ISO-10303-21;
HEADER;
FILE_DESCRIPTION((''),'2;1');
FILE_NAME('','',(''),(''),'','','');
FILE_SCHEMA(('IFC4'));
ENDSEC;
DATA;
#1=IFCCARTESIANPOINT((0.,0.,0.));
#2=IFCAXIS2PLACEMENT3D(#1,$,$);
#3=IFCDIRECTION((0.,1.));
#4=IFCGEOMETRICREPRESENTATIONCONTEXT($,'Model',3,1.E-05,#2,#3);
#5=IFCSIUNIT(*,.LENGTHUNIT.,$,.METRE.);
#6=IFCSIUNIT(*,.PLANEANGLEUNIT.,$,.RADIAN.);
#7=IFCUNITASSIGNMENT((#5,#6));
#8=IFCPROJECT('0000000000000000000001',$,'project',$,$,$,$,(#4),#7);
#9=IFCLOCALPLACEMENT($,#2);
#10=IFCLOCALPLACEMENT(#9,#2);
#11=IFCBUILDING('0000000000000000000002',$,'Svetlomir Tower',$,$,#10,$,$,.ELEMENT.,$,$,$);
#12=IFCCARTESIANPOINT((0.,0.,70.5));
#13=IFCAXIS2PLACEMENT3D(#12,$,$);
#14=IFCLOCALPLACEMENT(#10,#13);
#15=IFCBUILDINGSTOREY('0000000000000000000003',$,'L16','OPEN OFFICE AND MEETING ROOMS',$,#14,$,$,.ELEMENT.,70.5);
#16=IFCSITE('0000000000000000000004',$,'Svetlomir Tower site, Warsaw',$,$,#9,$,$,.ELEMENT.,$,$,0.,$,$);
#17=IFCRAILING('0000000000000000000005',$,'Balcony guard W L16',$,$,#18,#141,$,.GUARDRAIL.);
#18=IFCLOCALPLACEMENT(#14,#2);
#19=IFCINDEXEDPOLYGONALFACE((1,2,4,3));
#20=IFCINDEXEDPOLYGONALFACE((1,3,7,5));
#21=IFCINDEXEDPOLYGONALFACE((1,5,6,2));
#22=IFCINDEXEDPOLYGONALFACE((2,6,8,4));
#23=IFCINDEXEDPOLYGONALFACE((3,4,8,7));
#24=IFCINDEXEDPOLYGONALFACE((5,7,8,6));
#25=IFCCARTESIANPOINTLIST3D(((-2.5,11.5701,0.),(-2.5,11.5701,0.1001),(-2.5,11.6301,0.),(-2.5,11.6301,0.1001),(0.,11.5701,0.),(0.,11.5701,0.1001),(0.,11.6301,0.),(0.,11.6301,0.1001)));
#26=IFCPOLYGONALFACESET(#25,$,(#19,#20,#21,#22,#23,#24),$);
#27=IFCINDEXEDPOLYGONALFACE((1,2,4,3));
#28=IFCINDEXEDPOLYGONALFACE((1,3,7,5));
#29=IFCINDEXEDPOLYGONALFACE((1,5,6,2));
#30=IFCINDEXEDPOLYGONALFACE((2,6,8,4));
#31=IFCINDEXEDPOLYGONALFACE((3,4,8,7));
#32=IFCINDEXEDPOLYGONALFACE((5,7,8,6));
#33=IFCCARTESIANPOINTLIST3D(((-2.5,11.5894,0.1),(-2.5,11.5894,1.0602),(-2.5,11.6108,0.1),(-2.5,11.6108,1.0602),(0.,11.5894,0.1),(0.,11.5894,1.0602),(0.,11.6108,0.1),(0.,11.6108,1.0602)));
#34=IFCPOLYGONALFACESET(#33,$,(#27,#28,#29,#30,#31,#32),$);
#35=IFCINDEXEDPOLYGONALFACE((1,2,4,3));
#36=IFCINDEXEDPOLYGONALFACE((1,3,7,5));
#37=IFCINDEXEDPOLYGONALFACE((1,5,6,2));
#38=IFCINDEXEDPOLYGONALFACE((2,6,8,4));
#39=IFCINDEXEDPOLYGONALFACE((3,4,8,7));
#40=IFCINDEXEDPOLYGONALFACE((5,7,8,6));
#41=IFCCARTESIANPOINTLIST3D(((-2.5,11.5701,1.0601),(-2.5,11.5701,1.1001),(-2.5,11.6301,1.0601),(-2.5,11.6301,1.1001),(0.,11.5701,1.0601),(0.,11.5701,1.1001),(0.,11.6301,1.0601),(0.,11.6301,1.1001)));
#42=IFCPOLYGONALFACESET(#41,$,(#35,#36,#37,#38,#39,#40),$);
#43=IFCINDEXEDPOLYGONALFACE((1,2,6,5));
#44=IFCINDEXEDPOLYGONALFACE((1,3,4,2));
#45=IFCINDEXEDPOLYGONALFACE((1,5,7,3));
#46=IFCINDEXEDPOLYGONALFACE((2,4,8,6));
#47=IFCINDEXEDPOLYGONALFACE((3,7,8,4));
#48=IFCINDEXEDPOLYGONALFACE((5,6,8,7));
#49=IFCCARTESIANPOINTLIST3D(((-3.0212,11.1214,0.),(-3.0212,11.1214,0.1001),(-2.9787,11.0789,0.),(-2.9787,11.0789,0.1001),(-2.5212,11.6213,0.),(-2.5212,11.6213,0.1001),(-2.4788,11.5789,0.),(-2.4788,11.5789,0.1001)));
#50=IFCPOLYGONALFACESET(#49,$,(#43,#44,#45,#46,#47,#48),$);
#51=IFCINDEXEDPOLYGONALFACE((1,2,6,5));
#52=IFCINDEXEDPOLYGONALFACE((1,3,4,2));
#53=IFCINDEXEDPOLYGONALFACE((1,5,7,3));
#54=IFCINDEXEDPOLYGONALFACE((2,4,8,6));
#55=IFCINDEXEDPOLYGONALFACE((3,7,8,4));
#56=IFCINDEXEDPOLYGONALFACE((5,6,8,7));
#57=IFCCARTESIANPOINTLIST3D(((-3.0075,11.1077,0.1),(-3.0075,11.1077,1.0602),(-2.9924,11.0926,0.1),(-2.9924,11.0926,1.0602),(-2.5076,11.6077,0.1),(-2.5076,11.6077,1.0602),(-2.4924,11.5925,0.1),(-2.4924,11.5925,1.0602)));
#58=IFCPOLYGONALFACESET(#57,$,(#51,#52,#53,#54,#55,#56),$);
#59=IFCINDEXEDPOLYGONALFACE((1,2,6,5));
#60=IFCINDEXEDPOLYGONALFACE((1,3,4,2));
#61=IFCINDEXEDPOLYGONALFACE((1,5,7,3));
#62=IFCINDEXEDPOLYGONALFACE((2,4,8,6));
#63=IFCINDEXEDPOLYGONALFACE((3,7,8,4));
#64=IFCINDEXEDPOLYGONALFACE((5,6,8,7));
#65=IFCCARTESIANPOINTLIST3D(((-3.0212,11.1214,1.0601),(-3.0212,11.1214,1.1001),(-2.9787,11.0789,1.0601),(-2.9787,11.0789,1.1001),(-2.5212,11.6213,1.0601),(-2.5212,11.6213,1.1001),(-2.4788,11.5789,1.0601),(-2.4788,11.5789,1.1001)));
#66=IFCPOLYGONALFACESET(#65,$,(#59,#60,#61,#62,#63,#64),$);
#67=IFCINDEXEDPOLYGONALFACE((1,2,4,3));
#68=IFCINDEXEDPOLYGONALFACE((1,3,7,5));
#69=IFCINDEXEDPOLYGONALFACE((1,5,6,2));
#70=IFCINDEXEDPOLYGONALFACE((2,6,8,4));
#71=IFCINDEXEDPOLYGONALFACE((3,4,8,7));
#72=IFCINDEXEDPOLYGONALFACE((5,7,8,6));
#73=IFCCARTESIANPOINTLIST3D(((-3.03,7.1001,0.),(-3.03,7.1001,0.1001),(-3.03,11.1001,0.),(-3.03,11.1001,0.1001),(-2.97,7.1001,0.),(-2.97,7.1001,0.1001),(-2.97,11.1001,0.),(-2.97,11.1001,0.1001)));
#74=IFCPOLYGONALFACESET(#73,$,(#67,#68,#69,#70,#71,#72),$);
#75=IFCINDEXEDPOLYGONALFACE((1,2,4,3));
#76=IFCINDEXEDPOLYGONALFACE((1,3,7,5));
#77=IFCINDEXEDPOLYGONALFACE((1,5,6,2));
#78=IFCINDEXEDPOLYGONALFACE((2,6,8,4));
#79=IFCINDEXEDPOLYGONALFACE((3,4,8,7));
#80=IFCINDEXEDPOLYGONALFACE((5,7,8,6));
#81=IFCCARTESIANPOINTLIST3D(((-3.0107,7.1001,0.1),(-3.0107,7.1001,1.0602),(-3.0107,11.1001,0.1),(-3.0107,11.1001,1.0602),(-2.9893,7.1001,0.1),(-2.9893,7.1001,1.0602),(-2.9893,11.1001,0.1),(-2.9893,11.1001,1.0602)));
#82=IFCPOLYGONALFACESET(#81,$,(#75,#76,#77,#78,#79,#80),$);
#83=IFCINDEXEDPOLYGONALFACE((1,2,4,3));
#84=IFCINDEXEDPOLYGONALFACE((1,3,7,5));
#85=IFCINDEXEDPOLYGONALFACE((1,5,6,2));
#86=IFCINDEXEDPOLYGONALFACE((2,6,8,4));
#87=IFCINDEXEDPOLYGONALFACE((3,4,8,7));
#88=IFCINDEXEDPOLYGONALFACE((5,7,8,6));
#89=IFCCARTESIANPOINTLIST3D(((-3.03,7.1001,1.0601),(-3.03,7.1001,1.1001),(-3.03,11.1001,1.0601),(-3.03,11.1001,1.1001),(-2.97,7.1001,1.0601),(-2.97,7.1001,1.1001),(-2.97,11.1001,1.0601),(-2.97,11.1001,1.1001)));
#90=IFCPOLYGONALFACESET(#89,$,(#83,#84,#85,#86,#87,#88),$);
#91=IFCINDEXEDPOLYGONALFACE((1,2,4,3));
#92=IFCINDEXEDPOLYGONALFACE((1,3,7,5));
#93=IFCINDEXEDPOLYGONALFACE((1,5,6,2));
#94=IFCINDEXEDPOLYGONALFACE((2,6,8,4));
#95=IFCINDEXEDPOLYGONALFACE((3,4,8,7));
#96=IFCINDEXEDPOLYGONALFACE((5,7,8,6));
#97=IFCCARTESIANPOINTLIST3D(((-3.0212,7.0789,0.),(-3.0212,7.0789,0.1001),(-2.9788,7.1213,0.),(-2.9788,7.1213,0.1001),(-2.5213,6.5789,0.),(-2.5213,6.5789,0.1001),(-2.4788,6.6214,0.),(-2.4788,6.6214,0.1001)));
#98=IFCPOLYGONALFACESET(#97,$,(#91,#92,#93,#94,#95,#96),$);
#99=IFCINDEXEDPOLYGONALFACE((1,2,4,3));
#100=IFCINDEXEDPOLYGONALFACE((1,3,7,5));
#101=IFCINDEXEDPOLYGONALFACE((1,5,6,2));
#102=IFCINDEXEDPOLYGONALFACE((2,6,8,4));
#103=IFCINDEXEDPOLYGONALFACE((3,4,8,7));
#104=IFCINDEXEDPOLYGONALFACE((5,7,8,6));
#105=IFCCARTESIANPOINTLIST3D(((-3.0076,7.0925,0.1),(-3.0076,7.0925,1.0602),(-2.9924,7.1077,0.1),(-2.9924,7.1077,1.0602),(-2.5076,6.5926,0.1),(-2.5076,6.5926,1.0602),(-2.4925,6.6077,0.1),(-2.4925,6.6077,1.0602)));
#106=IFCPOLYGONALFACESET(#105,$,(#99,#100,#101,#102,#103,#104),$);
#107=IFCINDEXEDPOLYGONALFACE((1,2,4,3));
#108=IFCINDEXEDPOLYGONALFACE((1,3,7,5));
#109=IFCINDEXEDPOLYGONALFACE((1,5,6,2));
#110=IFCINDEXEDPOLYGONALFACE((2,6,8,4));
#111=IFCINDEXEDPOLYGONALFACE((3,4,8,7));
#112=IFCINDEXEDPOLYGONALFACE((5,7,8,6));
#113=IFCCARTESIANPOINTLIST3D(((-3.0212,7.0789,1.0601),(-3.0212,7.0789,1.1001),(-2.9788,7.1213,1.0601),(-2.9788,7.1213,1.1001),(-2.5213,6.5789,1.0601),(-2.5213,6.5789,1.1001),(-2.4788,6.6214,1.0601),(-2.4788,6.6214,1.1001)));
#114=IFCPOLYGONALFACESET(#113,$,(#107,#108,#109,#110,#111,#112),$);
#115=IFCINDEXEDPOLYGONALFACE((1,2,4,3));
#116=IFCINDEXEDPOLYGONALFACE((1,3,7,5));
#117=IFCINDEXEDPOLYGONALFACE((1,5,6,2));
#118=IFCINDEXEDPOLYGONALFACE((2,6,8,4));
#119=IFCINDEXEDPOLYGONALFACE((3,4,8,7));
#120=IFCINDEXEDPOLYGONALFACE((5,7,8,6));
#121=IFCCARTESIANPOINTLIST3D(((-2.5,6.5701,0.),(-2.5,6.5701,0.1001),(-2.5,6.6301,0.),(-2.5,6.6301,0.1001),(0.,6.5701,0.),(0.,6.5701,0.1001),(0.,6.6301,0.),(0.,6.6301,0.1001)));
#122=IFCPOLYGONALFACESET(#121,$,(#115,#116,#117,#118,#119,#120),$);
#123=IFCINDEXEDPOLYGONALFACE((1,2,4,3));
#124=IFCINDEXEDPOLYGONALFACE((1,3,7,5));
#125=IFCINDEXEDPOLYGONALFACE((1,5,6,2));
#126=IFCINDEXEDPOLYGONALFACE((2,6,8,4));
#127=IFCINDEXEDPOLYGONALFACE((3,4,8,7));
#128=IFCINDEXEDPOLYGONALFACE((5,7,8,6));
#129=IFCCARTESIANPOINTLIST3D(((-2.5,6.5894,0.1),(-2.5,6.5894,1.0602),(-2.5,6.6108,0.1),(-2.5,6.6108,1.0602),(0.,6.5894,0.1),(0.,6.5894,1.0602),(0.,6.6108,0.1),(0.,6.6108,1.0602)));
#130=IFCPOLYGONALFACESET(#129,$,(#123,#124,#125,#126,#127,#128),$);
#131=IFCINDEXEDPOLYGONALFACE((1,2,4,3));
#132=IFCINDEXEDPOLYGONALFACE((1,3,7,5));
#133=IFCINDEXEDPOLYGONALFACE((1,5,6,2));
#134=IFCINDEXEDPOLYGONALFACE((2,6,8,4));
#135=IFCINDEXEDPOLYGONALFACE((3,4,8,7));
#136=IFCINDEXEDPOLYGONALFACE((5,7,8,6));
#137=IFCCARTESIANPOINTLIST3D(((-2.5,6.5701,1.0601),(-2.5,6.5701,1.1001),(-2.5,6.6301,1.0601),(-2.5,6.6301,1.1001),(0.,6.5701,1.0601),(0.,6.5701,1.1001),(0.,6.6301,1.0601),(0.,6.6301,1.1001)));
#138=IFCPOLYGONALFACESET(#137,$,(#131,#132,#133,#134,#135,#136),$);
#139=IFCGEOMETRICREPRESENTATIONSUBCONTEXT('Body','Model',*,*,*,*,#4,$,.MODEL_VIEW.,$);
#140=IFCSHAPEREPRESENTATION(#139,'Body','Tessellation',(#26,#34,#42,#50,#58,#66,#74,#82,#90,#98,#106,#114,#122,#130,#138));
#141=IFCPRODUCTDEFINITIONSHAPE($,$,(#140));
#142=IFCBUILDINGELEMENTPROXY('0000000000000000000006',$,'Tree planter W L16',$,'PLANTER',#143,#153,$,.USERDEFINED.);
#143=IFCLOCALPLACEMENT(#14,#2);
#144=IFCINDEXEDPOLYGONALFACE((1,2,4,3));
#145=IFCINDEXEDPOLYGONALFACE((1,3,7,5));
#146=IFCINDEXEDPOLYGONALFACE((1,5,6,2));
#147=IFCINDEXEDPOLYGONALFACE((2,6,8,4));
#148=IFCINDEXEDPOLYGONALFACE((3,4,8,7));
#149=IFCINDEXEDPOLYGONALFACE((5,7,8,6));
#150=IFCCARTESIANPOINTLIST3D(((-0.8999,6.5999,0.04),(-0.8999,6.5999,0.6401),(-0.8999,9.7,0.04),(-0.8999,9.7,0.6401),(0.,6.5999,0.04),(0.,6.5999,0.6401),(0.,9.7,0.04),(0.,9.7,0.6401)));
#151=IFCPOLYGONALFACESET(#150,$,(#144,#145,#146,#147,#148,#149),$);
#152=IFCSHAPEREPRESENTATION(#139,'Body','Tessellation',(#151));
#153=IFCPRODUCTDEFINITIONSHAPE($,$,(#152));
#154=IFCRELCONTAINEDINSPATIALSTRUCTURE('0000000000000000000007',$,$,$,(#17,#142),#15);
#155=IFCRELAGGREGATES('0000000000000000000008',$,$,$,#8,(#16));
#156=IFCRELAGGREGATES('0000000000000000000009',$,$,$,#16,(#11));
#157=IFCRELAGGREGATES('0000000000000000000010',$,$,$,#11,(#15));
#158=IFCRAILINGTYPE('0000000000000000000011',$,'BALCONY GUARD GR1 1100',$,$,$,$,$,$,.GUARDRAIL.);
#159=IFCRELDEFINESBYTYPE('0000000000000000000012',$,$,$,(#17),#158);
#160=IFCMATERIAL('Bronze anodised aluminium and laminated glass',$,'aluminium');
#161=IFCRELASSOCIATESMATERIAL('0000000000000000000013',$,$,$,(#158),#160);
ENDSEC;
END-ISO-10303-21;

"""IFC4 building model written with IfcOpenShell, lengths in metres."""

from ifc_helpers import new_model, si_unit, direction, frame, origin, origin_2d, place, context, subcontext, project, spatial, rectangle, extrude, material, type_object, element, save


model = new_model("IFC4")

# Units and contexts
model_context = context("Model", 3, precision=1e-05, world=origin(), true_north=direction((0.0, 1.0)))
body_context = subcontext(model_context, "Body", "Model", "MODEL_VIEW")
ifc_project = project(units=[si_unit("LENGTHUNIT", "METRE"), si_unit("PLANEANGLEUNIT", "RADIAN")], contexts=[model_context])

# Site, building, storey
site_placement = place(None, origin())
site = spatial("IfcSite", under=ifc_project, at=site_placement, Name="Svetlomir Tower site, Warsaw", CompositionType="ELEMENT", RefElevation=0.0)
building_placement = place(site_placement, origin())
building = spatial("IfcBuilding", under=site, at=building_placement, Name="Svetlomir Tower", CompositionType="ELEMENT")
storey_placement = place(building_placement, frame((0.0, 0.0, 70.5)))
storey = spatial("IfcBuildingStorey", under=building, at=storey_placement, Name="L16", Description="OPEN OFFICE AND MEETING ROOMS", CompositionType="ELEMENT", Elevation=70.5)

# Railing
ifc_material_1 = material(Name="Bronze anodised aluminium and laminated glass", Category="aluminium")
railing_type = type_object("IfcRailingType", Name="BALCONY GUARD GR1 1100", PredefinedType="GUARDRAIL", material=ifc_material_1)
railing_placement = place(storey_placement, frame((0.0, 11.6001, 0.0)))
element("IfcRailing", 1, at=railing_placement, inside=storey, type_object=railing_type, Name="Balcony guard W L16", PredefinedType="GUARDRAIL", context=body_context, shape_type="SweptSolid", body=[
    extrude(rectangle(XDim=0.0601, YDim=0.1001, at=origin_2d()), frame((0.0, 0.0, 0.05), z_axis=(-1.0, 0.0, 0.0), x_axis=(0.0, -1.0, 0.0)), (0.0, 0.0, 1.0), 2.5),
    extrude(rectangle(XDim=0.0215, YDim=0.9602, at=origin_2d()), frame((0.0, 0.0, 0.5801), z_axis=(-1.0, 0.0, 0.0), x_axis=(0.0, -1.0, 0.0)), (0.0, 0.0, 1.0), 2.5),
    extrude(rectangle(XDim=0.0601, YDim=0.04, at=origin_2d()), frame((0.0, 0.0, 1.0801), z_axis=(-1.0, 0.0, 0.0), x_axis=(0.0, -1.0, 0.0)), (0.0, 0.0, 1.0), 2.5),
    extrude(rectangle(XDim=0.0601, YDim=0.1001, at=origin_2d()), frame((-2.5, 0.0, 0.05), z_axis=(-0.707107, -0.707107, 0.0), x_axis=(0.707107, -0.707107, 0.0)), (0.0, 0.0, 1.0), 0.707),
    extrude(rectangle(XDim=0.0215, YDim=0.9602, at=origin_2d()), frame((-2.5, 0.0, 0.5801), z_axis=(-0.707107, -0.707107, 0.0), x_axis=(0.707107, -0.707107, 0.0)), (0.0, 0.0, 1.0), 0.707),
    extrude(rectangle(XDim=0.0601, YDim=0.04, at=origin_2d()), frame((-2.5, 0.0, 1.0801), z_axis=(-0.707107, -0.707107, 0.0), x_axis=(0.707107, -0.707107, 0.0)), (0.0, 0.0, 1.0), 0.707),
    extrude(rectangle(XDim=0.0601, YDim=0.1001, at=origin_2d()), frame((-3.0, -0.5, 0.05), z_axis=(0.0, -1.0, 0.0), x_axis=(1.0, 0.0, 0.0)), (0.0, 0.0, 1.0), 4.0),
    extrude(rectangle(XDim=0.0215, YDim=0.9602, at=origin_2d()), frame((-3.0, -0.5, 0.5801), z_axis=(0.0, -1.0, 0.0), x_axis=(1.0, 0.0, 0.0)), (0.0, 0.0, 1.0), 4.0),
    extrude(rectangle(XDim=0.0601, YDim=0.04, at=origin_2d()), frame((-3.0, -0.5, 1.0801), z_axis=(0.0, -1.0, 0.0), x_axis=(1.0, 0.0, 0.0)), (0.0, 0.0, 1.0), 4.0),
    extrude(rectangle(XDim=0.0601, YDim=0.1001, at=origin_2d()), frame((-3.0, -4.5, 0.05), z_axis=(0.707107, -0.707107, 0.0), x_axis=(0.707107, 0.707107, 0.0)), (0.0, 0.0, 1.0), 0.707),
    extrude(rectangle(XDim=0.0215, YDim=0.9602, at=origin_2d()), frame((-3.0, -4.5, 0.5801), z_axis=(0.707107, -0.707107, 0.0), x_axis=(0.707107, 0.707107, 0.0)), (0.0, 0.0, 1.0), 0.707),
    extrude(rectangle(XDim=0.0601, YDim=0.04, at=origin_2d()), frame((-3.0, -4.5, 1.0801), z_axis=(0.707107, -0.707107, 0.0), x_axis=(0.707107, 0.707107, 0.0)), (0.0, 0.0, 1.0), 0.707),
    extrude(rectangle(XDim=0.0601, YDim=0.1001, at=origin_2d()), frame((-2.5, -5.0, 0.05), z_axis=(1.0, 0.0, 0.0), x_axis=(0.0, 1.0, 0.0)), (0.0, 0.0, 1.0), 2.5),
    extrude(rectangle(XDim=0.0215, YDim=0.9602, at=origin_2d()), frame((-2.5, -5.0, 0.5801), z_axis=(1.0, 0.0, 0.0), x_axis=(0.0, 1.0, 0.0)), (0.0, 0.0, 1.0), 2.5),
    extrude(rectangle(XDim=0.0601, YDim=0.04, at=origin_2d()), frame((-2.5, -5.0, 1.0801), z_axis=(1.0, 0.0, 0.0), x_axis=(0.0, 1.0, 0.0)), (0.0, 0.0, 1.0), 2.5),
])

# Building element proxy
proxy_placement = place(storey_placement, frame((-0.45, 8.1499, 0.04), z_axis=(0.0, 0.0, 1.0), x_axis=(1.0, 0.0, 0.0)))
element("IfcBuildingElementProxy", 2, at=proxy_placement, inside=storey, Name="Tree planter W L16", ObjectType="PLANTER", PredefinedType="USERDEFINED", context=body_context, shape_type="SweptSolid", body=[
    extrude(rectangle(XDim=0.8999, YDim=3.1001, at=origin_2d()), origin(), (0.0, 0.0, 1.0), 0.6001),
])

save(model, "model.ifc")
